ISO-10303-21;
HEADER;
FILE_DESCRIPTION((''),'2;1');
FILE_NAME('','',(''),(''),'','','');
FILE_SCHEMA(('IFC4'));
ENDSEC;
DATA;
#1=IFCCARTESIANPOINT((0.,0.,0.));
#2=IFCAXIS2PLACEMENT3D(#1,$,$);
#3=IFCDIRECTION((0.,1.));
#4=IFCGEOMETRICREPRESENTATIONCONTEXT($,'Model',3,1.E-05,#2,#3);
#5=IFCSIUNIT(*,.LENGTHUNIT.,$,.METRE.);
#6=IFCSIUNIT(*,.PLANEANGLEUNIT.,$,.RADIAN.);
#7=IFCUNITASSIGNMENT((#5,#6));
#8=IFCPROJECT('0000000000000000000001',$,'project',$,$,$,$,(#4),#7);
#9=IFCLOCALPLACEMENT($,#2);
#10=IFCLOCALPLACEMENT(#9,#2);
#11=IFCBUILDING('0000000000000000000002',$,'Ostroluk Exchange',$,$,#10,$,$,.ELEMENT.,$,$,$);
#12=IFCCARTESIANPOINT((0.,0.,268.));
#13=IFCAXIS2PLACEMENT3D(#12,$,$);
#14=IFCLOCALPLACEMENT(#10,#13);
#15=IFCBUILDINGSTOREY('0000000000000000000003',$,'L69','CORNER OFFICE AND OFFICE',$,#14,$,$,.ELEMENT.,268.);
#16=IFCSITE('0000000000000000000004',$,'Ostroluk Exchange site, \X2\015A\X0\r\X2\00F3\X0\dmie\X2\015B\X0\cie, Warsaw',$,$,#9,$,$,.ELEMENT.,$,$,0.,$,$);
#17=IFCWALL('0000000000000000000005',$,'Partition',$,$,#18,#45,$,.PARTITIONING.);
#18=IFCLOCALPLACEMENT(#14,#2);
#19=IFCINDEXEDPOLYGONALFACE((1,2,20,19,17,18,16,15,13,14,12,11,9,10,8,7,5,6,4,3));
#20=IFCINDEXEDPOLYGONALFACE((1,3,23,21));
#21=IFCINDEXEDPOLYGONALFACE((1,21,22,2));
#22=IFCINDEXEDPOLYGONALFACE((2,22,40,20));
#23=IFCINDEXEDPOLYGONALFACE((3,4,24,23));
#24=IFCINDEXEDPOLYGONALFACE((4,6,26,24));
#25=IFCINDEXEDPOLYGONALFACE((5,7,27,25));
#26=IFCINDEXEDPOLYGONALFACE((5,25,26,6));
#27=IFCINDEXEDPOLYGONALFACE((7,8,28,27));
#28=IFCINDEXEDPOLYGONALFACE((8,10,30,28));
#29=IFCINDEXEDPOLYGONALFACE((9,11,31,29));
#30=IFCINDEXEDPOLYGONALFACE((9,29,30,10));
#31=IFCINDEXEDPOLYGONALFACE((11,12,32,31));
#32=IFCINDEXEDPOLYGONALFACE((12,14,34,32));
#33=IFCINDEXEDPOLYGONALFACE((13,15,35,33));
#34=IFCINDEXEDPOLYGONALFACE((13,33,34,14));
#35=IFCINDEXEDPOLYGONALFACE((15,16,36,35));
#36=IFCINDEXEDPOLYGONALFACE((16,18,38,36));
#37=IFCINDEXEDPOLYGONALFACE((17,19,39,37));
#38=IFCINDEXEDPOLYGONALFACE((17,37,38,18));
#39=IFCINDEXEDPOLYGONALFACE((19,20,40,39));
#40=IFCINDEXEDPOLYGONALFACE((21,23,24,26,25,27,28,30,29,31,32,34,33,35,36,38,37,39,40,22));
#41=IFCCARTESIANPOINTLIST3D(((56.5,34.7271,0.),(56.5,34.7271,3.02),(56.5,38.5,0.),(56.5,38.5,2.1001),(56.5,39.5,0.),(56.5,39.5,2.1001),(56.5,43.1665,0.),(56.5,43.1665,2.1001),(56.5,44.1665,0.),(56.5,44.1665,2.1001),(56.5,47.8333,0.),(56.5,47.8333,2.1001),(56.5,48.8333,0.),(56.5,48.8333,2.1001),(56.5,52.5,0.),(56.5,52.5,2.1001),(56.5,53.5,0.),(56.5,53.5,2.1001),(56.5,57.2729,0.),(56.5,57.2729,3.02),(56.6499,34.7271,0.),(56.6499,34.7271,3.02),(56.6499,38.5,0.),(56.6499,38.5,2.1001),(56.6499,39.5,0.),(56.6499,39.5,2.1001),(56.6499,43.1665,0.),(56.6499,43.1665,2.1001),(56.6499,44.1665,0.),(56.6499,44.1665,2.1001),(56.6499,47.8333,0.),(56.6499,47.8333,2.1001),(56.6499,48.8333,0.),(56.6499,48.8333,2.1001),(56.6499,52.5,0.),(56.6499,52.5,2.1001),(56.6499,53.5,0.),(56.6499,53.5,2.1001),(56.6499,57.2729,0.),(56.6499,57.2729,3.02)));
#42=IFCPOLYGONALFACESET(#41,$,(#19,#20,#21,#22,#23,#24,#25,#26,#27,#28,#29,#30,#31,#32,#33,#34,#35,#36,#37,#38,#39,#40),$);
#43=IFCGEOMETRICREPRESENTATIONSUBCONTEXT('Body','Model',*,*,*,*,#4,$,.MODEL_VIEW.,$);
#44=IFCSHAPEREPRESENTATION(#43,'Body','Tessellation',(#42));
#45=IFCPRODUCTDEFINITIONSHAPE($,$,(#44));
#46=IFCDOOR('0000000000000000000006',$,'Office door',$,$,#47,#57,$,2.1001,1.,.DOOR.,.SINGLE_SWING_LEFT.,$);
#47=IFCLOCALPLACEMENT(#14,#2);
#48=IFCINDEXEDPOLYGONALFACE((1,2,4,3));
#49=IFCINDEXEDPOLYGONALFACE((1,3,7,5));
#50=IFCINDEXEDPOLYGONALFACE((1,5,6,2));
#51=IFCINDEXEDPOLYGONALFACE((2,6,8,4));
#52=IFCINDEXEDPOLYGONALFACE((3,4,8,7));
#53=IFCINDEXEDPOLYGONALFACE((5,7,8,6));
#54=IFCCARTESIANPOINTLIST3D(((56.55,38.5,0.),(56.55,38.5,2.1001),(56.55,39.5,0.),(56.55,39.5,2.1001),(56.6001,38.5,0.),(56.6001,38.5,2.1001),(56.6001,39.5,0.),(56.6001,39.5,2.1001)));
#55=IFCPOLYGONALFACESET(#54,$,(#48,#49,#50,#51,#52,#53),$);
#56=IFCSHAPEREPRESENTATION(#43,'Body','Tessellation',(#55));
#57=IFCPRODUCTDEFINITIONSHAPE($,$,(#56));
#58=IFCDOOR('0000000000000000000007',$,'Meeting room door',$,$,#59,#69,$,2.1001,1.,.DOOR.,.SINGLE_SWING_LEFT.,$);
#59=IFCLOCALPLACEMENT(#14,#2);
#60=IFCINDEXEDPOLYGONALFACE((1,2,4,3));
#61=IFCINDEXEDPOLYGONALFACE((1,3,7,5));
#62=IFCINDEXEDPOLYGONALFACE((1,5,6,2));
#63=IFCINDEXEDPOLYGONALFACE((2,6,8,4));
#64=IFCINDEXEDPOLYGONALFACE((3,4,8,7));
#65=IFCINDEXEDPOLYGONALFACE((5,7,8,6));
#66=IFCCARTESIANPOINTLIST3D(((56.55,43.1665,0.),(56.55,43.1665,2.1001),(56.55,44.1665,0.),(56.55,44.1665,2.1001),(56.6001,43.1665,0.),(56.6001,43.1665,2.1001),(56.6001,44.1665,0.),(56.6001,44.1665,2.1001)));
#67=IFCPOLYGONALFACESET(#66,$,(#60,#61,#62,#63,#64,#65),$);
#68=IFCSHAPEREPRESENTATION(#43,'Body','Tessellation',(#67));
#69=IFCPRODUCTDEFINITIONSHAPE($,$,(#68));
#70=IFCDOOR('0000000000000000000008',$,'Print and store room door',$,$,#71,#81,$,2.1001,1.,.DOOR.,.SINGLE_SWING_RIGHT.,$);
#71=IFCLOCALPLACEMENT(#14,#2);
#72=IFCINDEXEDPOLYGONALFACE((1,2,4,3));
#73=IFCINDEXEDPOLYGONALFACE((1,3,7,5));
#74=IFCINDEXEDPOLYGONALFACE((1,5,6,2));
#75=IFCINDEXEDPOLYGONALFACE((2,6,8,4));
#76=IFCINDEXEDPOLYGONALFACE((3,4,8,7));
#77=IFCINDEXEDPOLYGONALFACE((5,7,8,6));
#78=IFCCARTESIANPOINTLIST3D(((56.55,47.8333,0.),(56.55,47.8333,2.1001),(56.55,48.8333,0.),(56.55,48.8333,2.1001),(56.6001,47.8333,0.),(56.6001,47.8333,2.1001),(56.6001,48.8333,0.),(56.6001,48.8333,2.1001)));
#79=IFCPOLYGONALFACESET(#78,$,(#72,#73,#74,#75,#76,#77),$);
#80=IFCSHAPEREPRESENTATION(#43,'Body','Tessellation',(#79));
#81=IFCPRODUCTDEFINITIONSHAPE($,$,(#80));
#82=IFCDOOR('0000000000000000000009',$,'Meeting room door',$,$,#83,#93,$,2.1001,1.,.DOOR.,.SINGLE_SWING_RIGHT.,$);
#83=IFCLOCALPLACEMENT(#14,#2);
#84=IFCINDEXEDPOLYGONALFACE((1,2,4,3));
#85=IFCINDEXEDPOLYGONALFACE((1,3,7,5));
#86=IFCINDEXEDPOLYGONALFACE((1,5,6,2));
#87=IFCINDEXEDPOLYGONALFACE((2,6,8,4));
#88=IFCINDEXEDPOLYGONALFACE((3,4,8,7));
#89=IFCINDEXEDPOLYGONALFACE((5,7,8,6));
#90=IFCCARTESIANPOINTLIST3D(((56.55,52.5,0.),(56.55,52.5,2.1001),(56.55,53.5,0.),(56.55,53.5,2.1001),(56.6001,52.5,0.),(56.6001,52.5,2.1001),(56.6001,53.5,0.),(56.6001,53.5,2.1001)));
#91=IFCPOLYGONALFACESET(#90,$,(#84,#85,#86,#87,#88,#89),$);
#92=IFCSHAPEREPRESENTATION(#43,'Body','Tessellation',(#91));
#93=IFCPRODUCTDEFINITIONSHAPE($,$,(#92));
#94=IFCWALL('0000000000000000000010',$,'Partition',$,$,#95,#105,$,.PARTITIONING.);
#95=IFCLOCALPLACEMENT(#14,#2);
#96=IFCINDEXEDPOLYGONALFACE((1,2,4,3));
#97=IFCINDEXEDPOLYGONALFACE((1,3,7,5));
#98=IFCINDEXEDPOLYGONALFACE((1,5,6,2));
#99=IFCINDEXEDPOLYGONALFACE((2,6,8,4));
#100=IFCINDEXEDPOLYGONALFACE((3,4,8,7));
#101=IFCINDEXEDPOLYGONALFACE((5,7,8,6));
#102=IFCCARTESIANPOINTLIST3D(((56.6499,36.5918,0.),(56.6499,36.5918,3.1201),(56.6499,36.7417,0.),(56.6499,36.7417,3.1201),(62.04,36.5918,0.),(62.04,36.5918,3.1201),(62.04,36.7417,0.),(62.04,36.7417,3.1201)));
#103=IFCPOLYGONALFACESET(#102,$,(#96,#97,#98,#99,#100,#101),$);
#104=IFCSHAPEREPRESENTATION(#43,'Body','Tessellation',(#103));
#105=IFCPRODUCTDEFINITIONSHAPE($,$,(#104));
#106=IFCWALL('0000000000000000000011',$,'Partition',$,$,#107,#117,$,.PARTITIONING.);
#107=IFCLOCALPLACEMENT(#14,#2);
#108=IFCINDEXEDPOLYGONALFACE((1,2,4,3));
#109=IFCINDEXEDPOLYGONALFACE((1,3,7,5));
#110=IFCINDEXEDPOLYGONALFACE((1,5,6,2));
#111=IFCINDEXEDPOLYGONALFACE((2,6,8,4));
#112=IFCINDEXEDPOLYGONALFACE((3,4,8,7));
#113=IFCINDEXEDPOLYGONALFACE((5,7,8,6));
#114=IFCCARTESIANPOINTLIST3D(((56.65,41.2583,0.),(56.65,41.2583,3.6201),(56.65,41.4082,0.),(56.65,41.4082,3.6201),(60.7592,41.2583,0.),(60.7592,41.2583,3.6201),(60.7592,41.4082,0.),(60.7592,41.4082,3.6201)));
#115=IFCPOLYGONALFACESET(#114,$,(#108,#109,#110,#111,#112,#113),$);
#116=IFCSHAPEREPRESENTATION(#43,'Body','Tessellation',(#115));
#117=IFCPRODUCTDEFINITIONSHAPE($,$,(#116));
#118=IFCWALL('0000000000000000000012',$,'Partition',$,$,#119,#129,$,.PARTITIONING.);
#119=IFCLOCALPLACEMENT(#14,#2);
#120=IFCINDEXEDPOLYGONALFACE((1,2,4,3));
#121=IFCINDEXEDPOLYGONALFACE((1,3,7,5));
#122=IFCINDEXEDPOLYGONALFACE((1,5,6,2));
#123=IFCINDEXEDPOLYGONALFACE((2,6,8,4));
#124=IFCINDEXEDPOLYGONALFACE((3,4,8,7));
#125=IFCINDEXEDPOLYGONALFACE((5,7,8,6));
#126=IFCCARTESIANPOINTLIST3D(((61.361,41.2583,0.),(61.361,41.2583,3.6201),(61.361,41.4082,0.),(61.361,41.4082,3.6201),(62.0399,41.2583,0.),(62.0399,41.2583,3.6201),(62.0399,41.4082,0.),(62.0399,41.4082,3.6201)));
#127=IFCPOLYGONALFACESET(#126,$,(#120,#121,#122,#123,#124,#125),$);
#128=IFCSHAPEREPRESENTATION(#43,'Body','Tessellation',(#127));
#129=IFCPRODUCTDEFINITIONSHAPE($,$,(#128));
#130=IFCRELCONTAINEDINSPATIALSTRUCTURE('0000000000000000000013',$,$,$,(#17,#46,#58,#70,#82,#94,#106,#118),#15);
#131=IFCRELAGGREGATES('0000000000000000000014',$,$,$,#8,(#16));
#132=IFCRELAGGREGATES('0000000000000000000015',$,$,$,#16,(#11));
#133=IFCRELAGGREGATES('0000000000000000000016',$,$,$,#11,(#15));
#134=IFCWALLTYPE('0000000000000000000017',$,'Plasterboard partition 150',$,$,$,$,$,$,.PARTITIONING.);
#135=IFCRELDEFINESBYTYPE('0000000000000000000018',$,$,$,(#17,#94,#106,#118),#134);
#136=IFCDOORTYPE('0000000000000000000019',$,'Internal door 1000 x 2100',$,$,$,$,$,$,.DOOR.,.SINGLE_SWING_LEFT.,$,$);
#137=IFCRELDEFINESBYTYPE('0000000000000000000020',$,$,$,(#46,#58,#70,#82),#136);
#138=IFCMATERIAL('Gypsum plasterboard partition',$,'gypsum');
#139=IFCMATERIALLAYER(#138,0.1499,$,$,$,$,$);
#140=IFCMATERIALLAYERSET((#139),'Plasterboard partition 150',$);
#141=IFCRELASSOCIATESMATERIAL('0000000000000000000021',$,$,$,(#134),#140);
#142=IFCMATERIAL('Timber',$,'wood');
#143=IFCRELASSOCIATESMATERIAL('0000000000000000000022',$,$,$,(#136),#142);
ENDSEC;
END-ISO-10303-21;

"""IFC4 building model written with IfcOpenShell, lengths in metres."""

from ifc_helpers import new_model, si_unit, direction, frame, frame_2d, origin, place, context, subcontext, project, spatial, rectangle, extrude, material, layer, layer_set, type_object, element, fill, save


model = new_model("IFC4")

# Units and contexts
model_context = context("Model", 3, precision=1e-05, world=origin(), true_north=direction((0.0, 1.0)))
body_context = subcontext(model_context, "Body", "Model", "MODEL_VIEW")
ifc_project = project(units=[si_unit("LENGTHUNIT", "METRE"), si_unit("PLANEANGLEUNIT", "RADIAN")], contexts=[model_context])

# Site, building, storey
site_placement = place(None, origin())
site = spatial("IfcSite", under=ifc_project, at=site_placement, Name="Ostroluk Exchange site, Śródmieście, Warsaw", CompositionType="ELEMENT", RefElevation=0.0)
building_placement = place(site_placement, origin())
building = spatial("IfcBuilding", under=site, at=building_placement, Name="Ostroluk Exchange", CompositionType="ELEMENT")
storey_placement = place(building_placement, frame((0.0, 0.0, 268.0)))
storey = spatial("IfcBuildingStorey", under=building, at=storey_placement, Name="L69", Description="CORNER OFFICE AND OFFICE", CompositionType="ELEMENT", Elevation=268.0)

# Wall, openings, doors
ifc_material_1 = material(Name="Gypsum plasterboard partition", Category="gypsum")
ifc_layer_1 = layer(ifc_material_1, 0.1499)
ifc_layer_set_1 = layer_set([ifc_layer_1], Name="Plasterboard partition 150")
wall_type = type_object("IfcWallType", Name="Plasterboard partition 150", PredefinedType="PARTITIONING", material=ifc_layer_set_1)
wall_1_placement = place(storey_placement, frame((56.575, 34.7271, 0.0), z_axis=(0.0, 0.0, 1.0), x_axis=(0.0, 1.0, 0.0)))
wall_1 = element("IfcWall", 1, at=wall_1_placement, inside=storey, type_object=wall_type, Name="Partition", PredefinedType="PARTITIONING", context=body_context, shape_type="SweptSolid", body=[
    extrude(rectangle(XDim=22.5459, YDim=0.1499, at=frame_2d((11.2729, 0.0))), origin(), (0.0, 0.0, 1.0), 3.02),
])
opening_1_placement = place(wall_1_placement, frame((3.7729, 0.0, 0.0)))
opening_1 = element("IfcOpeningElement", 2, at=opening_1_placement, cuts=wall_1, PredefinedType="OPENING", context=body_context, shape_type="SweptSolid", body=[
    extrude(rectangle(XDim=1.0, YDim=2.1001, at=frame_2d((0.5, 1.05))), frame((0.0, 0.085, 0.0), z_axis=(0.0, -1.0, 0.0), x_axis=(1.0, 0.0, 0.0)), (0.0, 0.0, 1.0), 0.1699),
])
opening_2_placement = place(wall_1_placement, frame((8.4395, 0.0, 0.0)))
opening_2 = element("IfcOpeningElement", 3, at=opening_2_placement, cuts=wall_1, PredefinedType="OPENING", context=body_context, shape_type="SweptSolid", body=[
    extrude(rectangle(XDim=1.0, YDim=2.1001, at=frame_2d((0.5, 1.05))), frame((0.0, 0.085, 0.0), z_axis=(0.0, -1.0, 0.0), x_axis=(1.0, 0.0, 0.0)), (0.0, 0.0, 1.0), 0.1699),
])
opening_3_placement = place(wall_1_placement, frame((13.1062, 0.0, 0.0)))
opening_3 = element("IfcOpeningElement", 4, at=opening_3_placement, cuts=wall_1, PredefinedType="OPENING", context=body_context, shape_type="SweptSolid", body=[
    extrude(rectangle(XDim=1.0, YDim=2.1001, at=frame_2d((0.5, 1.05))), frame((0.0, 0.085, 0.0), z_axis=(0.0, -1.0, 0.0), x_axis=(1.0, 0.0, 0.0)), (0.0, 0.0, 1.0), 0.1699),
])
opening_4_placement = place(wall_1_placement, frame((17.7729, 0.0, 0.0)))
opening_4 = element("IfcOpeningElement", 5, at=opening_4_placement, cuts=wall_1, PredefinedType="OPENING", context=body_context, shape_type="SweptSolid", body=[
    extrude(rectangle(XDim=1.0, YDim=2.1001, at=frame_2d((0.5, 1.05))), frame((0.0, 0.085, 0.0), z_axis=(0.0, -1.0, 0.0), x_axis=(1.0, 0.0, 0.0)), (0.0, 0.0, 1.0), 0.1699),
])
ifc_material_2 = material(Name="Timber", Category="wood")
door_type = type_object("IfcDoorType", Name="Internal door 1000 x 2100", OperationType="SINGLE_SWING_LEFT", PredefinedType="DOOR", material=ifc_material_2)
door_1_placement = place(opening_1_placement, origin())
door_1 = element("IfcDoor", 6, at=door_1_placement, inside=storey, type_object=door_type, Name="Office door", OperationType="SINGLE_SWING_LEFT", OverallHeight=2.1001, OverallWidth=1.0, PredefinedType="DOOR", context=body_context, shape_type="SweptSolid", body=[
    extrude(rectangle(XDim=1.0, YDim=2.1001, at=frame_2d((0.5, 1.05))), frame((0.0, 0.0249, 0.0), z_axis=(0.0, -1.0, 0.0), x_axis=(1.0, 0.0, 0.0)), (0.0, 0.0, 1.0), 0.05),
])
fill(opening_1, door_1)
door_2_placement = place(opening_2_placement, origin())
door_2 = element("IfcDoor", 7, at=door_2_placement, inside=storey, type_object=door_type, Name="Meeting room door", OperationType="SINGLE_SWING_LEFT", OverallHeight=2.1001, OverallWidth=1.0, PredefinedType="DOOR", context=body_context, shape_type="SweptSolid", body=[
    extrude(rectangle(XDim=1.0, YDim=2.1001, at=frame_2d((0.5, 1.05))), frame((0.0, 0.0249, 0.0), z_axis=(0.0, -1.0, 0.0), x_axis=(1.0, 0.0, 0.0)), (0.0, 0.0, 1.0), 0.05),
])
fill(opening_2, door_2)
door_3_placement = place(opening_3_placement, origin())
door_3 = element("IfcDoor", 8, at=door_3_placement, inside=storey, type_object=door_type, Name="Print and store room door", OperationType="SINGLE_SWING_RIGHT", OverallHeight=2.1001, OverallWidth=1.0, PredefinedType="DOOR", context=body_context, shape_type="SweptSolid", body=[
    extrude(rectangle(XDim=1.0, YDim=2.1001, at=frame_2d((0.5, 1.05))), frame((0.0, 0.0249, 0.0), z_axis=(0.0, -1.0, 0.0), x_axis=(1.0, 0.0, 0.0)), (0.0, 0.0, 1.0), 0.05),
])
fill(opening_3, door_3)
door_4_placement = place(opening_4_placement, origin())
door_4 = element("IfcDoor", 9, at=door_4_placement, inside=storey, type_object=door_type, Name="Meeting room door", OperationType="SINGLE_SWING_RIGHT", OverallHeight=2.1001, OverallWidth=1.0, PredefinedType="DOOR", context=body_context, shape_type="SweptSolid", body=[
    extrude(rectangle(XDim=1.0, YDim=2.1001, at=frame_2d((0.5, 1.05))), frame((0.0, 0.0249, 0.0), z_axis=(0.0, -1.0, 0.0), x_axis=(1.0, 0.0, 0.0)), (0.0, 0.0, 1.0), 0.05),
])
fill(opening_4, door_4)

# Walls
wall_2_placement = place(storey_placement, frame((56.6499, 36.6667, 0.0), z_axis=(0.0, 0.0, 1.0), x_axis=(1.0, 0.0, 0.0)))
element("IfcWall", 10, at=wall_2_placement, inside=storey, type_object=wall_type, Name="Partition", PredefinedType="PARTITIONING", context=body_context, shape_type="SweptSolid", body=[
    extrude(rectangle(XDim=5.3901, YDim=0.1499, at=frame_2d((2.6951, 0.0))), origin(), (0.0, 0.0, 1.0), 3.1201),
])
wall_3_placement = place(storey_placement, frame((56.6499, 41.3333, 0.0), z_axis=(0.0, 0.0, 1.0), x_axis=(1.0, 0.0, 0.0)))
element("IfcWall", 11, at=wall_3_placement, inside=storey, type_object=wall_type, Name="Partition", PredefinedType="PARTITIONING", context=body_context, shape_type="SweptSolid", body=[
    extrude(rectangle(XDim=4.1091, YDim=0.1499, at=frame_2d((2.0547, 0.0))), origin(), (0.0, 0.0, 1.0), 3.6201),
])
wall_4_placement = place(storey_placement, frame((61.3611, 41.3333, 0.0), z_axis=(0.0, 0.0, 1.0), x_axis=(1.0, 0.0, 0.0)))
element("IfcWall", 12, at=wall_4_placement, inside=storey, type_object=wall_type, Name="Partition", PredefinedType="PARTITIONING", context=body_context, shape_type="SweptSolid", body=[
    extrude(rectangle(XDim=0.679, YDim=0.1499, at=frame_2d((0.3394, 0.0))), origin(), (0.0, 0.0, 1.0), 3.6201),
])

save(model, "model.ifc")
